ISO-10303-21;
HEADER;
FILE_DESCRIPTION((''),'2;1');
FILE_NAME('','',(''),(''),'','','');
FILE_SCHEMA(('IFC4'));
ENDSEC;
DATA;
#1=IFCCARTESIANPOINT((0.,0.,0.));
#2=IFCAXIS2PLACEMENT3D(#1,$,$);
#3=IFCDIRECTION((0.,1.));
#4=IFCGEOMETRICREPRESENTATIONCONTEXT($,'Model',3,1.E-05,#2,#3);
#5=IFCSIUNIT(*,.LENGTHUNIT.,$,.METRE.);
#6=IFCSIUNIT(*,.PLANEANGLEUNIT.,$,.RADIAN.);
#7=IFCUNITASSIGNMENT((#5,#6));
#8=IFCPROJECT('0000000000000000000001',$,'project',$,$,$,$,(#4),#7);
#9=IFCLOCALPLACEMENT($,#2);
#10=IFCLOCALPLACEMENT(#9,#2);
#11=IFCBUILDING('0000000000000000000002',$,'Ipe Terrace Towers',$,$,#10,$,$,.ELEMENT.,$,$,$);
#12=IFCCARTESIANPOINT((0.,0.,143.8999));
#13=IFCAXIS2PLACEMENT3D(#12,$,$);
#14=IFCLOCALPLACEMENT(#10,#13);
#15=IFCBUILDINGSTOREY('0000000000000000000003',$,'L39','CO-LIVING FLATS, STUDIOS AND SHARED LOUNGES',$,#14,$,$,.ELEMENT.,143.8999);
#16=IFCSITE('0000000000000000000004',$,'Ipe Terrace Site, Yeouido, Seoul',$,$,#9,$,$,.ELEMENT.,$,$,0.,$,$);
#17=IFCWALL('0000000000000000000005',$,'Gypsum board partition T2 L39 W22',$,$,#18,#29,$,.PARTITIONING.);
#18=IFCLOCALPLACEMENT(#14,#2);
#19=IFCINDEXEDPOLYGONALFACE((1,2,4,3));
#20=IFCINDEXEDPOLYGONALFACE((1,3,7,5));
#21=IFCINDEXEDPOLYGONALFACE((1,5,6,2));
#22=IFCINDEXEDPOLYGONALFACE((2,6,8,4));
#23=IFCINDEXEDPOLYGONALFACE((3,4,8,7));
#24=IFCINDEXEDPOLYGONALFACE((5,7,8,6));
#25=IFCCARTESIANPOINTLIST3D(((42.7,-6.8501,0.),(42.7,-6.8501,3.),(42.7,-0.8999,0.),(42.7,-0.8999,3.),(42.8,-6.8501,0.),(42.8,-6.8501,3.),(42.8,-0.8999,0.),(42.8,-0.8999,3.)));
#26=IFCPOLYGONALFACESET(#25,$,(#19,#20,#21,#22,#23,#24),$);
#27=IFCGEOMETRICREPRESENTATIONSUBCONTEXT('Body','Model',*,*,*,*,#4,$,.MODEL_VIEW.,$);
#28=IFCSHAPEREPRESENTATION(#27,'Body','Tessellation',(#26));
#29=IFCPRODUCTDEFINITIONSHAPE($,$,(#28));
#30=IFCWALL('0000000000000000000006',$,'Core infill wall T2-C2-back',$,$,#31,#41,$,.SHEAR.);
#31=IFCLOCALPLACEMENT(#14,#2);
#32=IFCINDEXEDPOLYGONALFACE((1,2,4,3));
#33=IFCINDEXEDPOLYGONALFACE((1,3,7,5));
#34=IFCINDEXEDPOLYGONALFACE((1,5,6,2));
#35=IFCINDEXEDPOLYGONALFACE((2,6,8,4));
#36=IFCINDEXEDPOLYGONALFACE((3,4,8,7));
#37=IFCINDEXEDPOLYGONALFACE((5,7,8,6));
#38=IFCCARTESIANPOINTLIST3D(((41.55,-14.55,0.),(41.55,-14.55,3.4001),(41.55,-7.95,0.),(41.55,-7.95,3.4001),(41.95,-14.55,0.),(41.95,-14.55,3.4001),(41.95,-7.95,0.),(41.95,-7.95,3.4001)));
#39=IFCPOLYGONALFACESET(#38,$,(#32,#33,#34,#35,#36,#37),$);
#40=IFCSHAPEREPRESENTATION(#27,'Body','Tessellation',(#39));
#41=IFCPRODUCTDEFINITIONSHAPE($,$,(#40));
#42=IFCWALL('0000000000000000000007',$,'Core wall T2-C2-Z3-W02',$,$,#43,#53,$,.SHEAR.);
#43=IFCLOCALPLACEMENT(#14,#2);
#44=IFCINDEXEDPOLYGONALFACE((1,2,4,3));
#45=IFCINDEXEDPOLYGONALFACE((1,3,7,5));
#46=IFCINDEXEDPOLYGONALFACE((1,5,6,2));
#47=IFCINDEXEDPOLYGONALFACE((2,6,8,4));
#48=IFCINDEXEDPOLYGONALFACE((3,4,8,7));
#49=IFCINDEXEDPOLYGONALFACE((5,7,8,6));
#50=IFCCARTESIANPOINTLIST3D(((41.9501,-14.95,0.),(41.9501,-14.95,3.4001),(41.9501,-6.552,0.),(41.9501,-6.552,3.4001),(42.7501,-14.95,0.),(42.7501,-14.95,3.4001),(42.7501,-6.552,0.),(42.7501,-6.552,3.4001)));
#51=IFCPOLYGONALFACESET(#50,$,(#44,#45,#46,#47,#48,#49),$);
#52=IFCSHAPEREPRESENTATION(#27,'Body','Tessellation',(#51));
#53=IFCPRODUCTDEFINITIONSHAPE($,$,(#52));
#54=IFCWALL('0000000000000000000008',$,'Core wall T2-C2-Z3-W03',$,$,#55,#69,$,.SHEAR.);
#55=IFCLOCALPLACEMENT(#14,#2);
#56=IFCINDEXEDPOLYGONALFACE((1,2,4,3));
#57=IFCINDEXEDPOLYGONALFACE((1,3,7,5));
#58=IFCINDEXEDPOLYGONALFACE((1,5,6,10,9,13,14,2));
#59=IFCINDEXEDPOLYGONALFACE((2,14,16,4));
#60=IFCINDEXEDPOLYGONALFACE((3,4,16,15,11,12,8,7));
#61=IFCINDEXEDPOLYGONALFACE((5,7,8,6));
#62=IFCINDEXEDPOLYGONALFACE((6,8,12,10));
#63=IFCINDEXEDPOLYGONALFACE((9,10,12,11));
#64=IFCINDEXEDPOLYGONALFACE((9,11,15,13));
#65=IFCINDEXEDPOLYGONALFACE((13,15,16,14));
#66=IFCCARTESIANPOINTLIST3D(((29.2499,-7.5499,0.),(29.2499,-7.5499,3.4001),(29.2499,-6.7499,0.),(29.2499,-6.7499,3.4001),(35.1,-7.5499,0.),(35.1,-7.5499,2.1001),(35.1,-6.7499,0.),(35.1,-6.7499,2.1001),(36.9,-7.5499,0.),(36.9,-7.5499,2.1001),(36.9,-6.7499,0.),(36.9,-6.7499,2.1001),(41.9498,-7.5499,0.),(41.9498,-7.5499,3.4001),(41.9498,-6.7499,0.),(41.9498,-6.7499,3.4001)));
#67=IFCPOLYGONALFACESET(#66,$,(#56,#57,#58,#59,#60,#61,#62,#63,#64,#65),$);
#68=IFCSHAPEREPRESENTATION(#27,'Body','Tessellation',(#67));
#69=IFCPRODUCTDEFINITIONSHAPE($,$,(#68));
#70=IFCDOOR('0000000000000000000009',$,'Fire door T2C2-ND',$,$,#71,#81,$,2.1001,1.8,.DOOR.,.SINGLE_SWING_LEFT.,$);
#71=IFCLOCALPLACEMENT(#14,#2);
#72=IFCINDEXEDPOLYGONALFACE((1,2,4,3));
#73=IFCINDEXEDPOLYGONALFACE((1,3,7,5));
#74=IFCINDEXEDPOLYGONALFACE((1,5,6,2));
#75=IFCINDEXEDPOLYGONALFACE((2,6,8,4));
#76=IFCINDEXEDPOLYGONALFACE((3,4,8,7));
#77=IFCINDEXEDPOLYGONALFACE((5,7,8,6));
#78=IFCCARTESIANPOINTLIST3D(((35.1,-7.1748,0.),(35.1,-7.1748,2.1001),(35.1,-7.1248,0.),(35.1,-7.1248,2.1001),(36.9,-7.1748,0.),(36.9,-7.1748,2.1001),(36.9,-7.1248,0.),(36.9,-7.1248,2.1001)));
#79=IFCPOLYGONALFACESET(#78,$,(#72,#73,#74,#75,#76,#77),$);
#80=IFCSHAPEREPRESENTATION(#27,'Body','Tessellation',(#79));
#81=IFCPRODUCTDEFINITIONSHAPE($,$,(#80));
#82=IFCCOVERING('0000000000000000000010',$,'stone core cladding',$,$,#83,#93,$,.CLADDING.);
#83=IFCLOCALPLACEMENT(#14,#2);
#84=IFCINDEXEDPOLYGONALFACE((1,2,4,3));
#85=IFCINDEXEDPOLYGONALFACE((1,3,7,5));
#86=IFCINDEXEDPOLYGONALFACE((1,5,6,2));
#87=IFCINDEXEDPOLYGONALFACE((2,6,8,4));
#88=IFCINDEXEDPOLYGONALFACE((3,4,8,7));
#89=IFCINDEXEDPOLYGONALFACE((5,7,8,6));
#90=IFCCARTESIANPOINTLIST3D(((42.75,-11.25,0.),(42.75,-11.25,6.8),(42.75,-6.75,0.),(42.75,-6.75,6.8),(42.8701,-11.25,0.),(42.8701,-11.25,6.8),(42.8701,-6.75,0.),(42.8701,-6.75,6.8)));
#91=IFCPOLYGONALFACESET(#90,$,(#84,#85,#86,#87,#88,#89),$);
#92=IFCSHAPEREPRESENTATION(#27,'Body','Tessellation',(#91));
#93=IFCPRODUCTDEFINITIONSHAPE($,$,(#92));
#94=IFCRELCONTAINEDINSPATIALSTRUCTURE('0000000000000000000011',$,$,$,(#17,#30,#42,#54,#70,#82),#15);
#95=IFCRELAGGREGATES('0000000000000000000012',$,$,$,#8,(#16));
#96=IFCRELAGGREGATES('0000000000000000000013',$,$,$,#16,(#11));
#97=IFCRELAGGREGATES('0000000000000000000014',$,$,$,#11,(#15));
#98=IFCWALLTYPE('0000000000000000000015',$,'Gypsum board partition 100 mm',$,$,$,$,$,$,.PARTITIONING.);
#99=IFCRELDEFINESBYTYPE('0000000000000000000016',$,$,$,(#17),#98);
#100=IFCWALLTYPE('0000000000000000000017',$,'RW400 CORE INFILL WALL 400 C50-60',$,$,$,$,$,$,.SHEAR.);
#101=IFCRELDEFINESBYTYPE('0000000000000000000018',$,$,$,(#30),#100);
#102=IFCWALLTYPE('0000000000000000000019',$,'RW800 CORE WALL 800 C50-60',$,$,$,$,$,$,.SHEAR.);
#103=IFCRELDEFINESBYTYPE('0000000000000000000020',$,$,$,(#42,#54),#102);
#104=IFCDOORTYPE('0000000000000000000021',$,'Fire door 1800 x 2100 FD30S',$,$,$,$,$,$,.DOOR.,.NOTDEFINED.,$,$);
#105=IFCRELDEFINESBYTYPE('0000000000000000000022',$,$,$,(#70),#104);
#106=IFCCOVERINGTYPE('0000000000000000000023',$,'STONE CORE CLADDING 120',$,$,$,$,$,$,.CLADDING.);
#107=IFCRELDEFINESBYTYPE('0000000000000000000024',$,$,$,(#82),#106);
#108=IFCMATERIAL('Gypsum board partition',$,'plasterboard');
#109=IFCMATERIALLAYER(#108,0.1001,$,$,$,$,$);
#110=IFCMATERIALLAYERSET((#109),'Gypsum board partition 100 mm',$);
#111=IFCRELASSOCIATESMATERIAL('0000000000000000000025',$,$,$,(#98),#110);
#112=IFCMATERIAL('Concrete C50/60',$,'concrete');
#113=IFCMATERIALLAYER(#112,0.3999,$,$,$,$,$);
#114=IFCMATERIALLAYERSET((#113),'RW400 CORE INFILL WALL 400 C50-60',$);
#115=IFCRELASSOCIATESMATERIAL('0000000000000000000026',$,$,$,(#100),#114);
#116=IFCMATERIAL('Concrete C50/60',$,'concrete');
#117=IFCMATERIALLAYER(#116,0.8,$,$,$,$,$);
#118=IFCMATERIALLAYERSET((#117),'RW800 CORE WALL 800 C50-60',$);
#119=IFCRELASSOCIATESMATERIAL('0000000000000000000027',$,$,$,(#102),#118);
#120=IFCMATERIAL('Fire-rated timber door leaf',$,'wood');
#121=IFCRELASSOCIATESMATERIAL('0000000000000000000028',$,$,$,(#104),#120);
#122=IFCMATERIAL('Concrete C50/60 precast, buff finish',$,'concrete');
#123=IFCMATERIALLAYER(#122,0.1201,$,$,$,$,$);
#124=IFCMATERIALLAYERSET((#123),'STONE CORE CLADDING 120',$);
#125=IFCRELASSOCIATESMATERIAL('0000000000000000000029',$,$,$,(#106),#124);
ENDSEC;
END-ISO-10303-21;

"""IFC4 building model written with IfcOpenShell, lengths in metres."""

from ifc_helpers import new_model, si_unit, direction, frame, frame_2d, origin, origin_2d, place, context, subcontext, project, spatial, rectangle, extrude, material, layer, layer_set, type_object, element, fill, save


model = new_model("IFC4")

# Units and contexts
model_context = context("Model", 3, precision=1e-05, world=origin(), true_north=direction((0.0, 1.0)))
body_context = subcontext(model_context, "Body", "Model", "MODEL_VIEW")
ifc_project = project(units=[si_unit("LENGTHUNIT", "METRE"), si_unit("PLANEANGLEUNIT", "RADIAN")], contexts=[model_context])

# Site, building, storey
site_placement = place(None, origin())
site = spatial("IfcSite", under=ifc_project, at=site_placement, Name="Ipe Terrace Site, Yeouido, Seoul", CompositionType="ELEMENT", RefElevation=0.0)
building_placement = place(site_placement, origin())
building = spatial("IfcBuilding", under=site, at=building_placement, Name="Ipe Terrace Towers", CompositionType="ELEMENT")
storey_placement = place(building_placement, frame((0.0, 0.0, 143.8999)))
storey = spatial("IfcBuildingStorey", under=building, at=storey_placement, Name="L39", Description="CO-LIVING FLATS, STUDIOS AND SHARED LOUNGES", CompositionType="ELEMENT", Elevation=143.8999)

# Shared definitions
ifc_material_1 = material(Name="Gypsum board partition", Category="plasterboard")
ifc_layer_1 = layer(ifc_material_1, 0.1001)
ifc_layer_set_1 = layer_set([ifc_layer_1], Name="Gypsum board partition 100 mm")
wall_type_1 = type_object("IfcWallType", Name="Gypsum board partition 100 mm", PredefinedType="PARTITIONING", material=ifc_layer_set_1)

# Walls
wall_1_placement = place(storey_placement, frame((42.75, -6.8501, 0.0), z_axis=(0.0, 0.0, 1.0), x_axis=(0.0, 1.0, 0.0)))
element("IfcWall", 1, at=wall_1_placement, inside=storey, type_object=wall_type_1, Name="Gypsum board partition T2 L39 W22", PredefinedType="PARTITIONING", context=body_context, shape_type="SweptSolid", body=[
    extrude(rectangle(XDim=5.9502, YDim=0.1001, at=frame_2d((2.9751, 0.0))), origin(), (0.0, 0.0, 1.0), 3.0),
])
ifc_material_2 = material(Name="Concrete C50/60", Category="concrete")
ifc_layer_2 = layer(ifc_material_2, 0.3999)
ifc_layer_set_2 = layer_set([ifc_layer_2], Name="RW400 CORE INFILL WALL 400 C50-60")
wall_type_2 = type_object("IfcWallType", Name="RW400 CORE INFILL WALL 400 C50-60", PredefinedType="SHEAR", material=ifc_layer_set_2)
wall_2_placement = place(storey_placement, frame((41.75, -7.95, 0.0), z_axis=(0.0, 0.0, 1.0), x_axis=(0.0, -1.0, 0.0)))
element("IfcWall", 2, at=wall_2_placement, inside=storey, type_object=wall_type_2, Name="Core infill wall T2-C2-back", PredefinedType="SHEAR", context=body_context, shape_type="SweptSolid", body=[
    extrude(rectangle(XDim=6.6001, YDim=0.3999, at=frame_2d((3.3, 0.0))), origin(), (0.0, 0.0, 1.0), 3.4001),
])
ifc_material_3 = material(Name="Concrete C50/60", Category="concrete")
ifc_layer_3 = layer(ifc_material_3, 0.8)
ifc_layer_set_3 = layer_set([ifc_layer_3], Name="RW800 CORE WALL 800 C50-60")
wall_type_3 = type_object("IfcWallType", Name="RW800 CORE WALL 800 C50-60", PredefinedType="SHEAR", material=ifc_layer_set_3)
wall_3_placement = place(storey_placement, frame((42.3501, -14.95, 0.0), z_axis=(0.0, 0.0, 1.0), x_axis=(0.0, 1.0, 0.0)))
element("IfcWall", 3, at=wall_3_placement, inside=storey, type_object=wall_type_3, Name="Core wall T2-C2-Z3-W02", PredefinedType="SHEAR", context=body_context, shape_type="SweptSolid", body=[
    extrude(rectangle(XDim=8.3979, YDim=0.8, at=frame_2d((4.199, 0.0))), origin(), (0.0, 0.0, 1.0), 3.4001),
])

# Wall, opening, door
wall_4_placement = place(storey_placement, frame((41.95, -7.1499, 0.0), z_axis=(0.0, 0.0, 1.0), x_axis=(-1.0, 0.0, 0.0)))
wall_4 = element("IfcWall", 4, at=wall_4_placement, inside=storey, type_object=wall_type_3, Name="Core wall T2-C2-Z3-W03", PredefinedType="SHEAR", context=body_context, shape_type="SweptSolid", body=[
    extrude(rectangle(XDim=12.7, YDim=0.8, at=frame_2d((6.3501, 0.0))), origin(), (0.0, 0.0, 1.0), 3.4001),
])
opening_1_placement = place(wall_4_placement, frame((5.05, 0.0, 0.0)))
opening_1 = element("IfcOpeningElement", 5, at=opening_1_placement, cuts=wall_4, PredefinedType="OPENING", context=body_context, shape_type="SweptSolid", body=[
    extrude(rectangle(XDim=1.8, YDim=2.1001, at=frame_2d((0.8999, 1.05))), frame((0.0, 0.4102, 0.0), z_axis=(0.0, -1.0, 0.0), x_axis=(1.0, 0.0, 0.0)), (0.0, 0.0, 1.0), 0.8201),
])
ifc_material_4 = material(Name="Fire-rated timber door leaf", Category="wood")
door_type_1 = type_object("IfcDoorType", Name="Fire door 1800 x 2100 FD30S", OperationType="NOTDEFINED", PredefinedType="DOOR", material=ifc_material_4)
door_1_placement = place(opening_1_placement, origin())
door_1 = element("IfcDoor", 6, at=door_1_placement, inside=storey, type_object=door_type_1, Name="Fire door T2C2-ND", OperationType="SINGLE_SWING_LEFT", OverallHeight=2.1001, OverallWidth=1.8, PredefinedType="DOOR", context=body_context, shape_type="SweptSolid", body=[
    extrude(rectangle(XDim=1.8, YDim=2.1001, at=frame_2d((0.8999, 1.05))), frame((0.0, 0.0249, 0.0), z_axis=(0.0, -1.0, 0.0), x_axis=(1.0, 0.0, 0.0)), (0.0, 0.0, 1.0), 0.05),
])
fill(opening_1, door_1)

# Covering
ifc_material_5 = material(Name="Concrete C50/60 precast, buff finish", Category="concrete")
ifc_layer_4 = layer(ifc_material_5, 0.1201)
ifc_layer_set_4 = layer_set([ifc_layer_4], Name="STONE CORE CLADDING 120")
covering_type = type_object("IfcCoveringType", Name="STONE CORE CLADDING 120", PredefinedType="CLADDING", material=ifc_layer_set_4)
covering_placement = place(storey_placement, frame((42.8101, -9.0, 0.0), z_axis=(0.0, 0.0, 1.0), x_axis=(0.0, 1.0, 0.0)))
element("IfcCovering", 7, at=covering_placement, inside=storey, type_object=covering_type, Name="stone core cladding", PredefinedType="CLADDING", context=body_context, shape_type="SweptSolid", body=[
    extrude(rectangle(XDim=4.5, YDim=0.1201, at=origin_2d()), origin(), (0.0, 0.0, 1.0), 6.8),
])

save(model, "model.ifc")
